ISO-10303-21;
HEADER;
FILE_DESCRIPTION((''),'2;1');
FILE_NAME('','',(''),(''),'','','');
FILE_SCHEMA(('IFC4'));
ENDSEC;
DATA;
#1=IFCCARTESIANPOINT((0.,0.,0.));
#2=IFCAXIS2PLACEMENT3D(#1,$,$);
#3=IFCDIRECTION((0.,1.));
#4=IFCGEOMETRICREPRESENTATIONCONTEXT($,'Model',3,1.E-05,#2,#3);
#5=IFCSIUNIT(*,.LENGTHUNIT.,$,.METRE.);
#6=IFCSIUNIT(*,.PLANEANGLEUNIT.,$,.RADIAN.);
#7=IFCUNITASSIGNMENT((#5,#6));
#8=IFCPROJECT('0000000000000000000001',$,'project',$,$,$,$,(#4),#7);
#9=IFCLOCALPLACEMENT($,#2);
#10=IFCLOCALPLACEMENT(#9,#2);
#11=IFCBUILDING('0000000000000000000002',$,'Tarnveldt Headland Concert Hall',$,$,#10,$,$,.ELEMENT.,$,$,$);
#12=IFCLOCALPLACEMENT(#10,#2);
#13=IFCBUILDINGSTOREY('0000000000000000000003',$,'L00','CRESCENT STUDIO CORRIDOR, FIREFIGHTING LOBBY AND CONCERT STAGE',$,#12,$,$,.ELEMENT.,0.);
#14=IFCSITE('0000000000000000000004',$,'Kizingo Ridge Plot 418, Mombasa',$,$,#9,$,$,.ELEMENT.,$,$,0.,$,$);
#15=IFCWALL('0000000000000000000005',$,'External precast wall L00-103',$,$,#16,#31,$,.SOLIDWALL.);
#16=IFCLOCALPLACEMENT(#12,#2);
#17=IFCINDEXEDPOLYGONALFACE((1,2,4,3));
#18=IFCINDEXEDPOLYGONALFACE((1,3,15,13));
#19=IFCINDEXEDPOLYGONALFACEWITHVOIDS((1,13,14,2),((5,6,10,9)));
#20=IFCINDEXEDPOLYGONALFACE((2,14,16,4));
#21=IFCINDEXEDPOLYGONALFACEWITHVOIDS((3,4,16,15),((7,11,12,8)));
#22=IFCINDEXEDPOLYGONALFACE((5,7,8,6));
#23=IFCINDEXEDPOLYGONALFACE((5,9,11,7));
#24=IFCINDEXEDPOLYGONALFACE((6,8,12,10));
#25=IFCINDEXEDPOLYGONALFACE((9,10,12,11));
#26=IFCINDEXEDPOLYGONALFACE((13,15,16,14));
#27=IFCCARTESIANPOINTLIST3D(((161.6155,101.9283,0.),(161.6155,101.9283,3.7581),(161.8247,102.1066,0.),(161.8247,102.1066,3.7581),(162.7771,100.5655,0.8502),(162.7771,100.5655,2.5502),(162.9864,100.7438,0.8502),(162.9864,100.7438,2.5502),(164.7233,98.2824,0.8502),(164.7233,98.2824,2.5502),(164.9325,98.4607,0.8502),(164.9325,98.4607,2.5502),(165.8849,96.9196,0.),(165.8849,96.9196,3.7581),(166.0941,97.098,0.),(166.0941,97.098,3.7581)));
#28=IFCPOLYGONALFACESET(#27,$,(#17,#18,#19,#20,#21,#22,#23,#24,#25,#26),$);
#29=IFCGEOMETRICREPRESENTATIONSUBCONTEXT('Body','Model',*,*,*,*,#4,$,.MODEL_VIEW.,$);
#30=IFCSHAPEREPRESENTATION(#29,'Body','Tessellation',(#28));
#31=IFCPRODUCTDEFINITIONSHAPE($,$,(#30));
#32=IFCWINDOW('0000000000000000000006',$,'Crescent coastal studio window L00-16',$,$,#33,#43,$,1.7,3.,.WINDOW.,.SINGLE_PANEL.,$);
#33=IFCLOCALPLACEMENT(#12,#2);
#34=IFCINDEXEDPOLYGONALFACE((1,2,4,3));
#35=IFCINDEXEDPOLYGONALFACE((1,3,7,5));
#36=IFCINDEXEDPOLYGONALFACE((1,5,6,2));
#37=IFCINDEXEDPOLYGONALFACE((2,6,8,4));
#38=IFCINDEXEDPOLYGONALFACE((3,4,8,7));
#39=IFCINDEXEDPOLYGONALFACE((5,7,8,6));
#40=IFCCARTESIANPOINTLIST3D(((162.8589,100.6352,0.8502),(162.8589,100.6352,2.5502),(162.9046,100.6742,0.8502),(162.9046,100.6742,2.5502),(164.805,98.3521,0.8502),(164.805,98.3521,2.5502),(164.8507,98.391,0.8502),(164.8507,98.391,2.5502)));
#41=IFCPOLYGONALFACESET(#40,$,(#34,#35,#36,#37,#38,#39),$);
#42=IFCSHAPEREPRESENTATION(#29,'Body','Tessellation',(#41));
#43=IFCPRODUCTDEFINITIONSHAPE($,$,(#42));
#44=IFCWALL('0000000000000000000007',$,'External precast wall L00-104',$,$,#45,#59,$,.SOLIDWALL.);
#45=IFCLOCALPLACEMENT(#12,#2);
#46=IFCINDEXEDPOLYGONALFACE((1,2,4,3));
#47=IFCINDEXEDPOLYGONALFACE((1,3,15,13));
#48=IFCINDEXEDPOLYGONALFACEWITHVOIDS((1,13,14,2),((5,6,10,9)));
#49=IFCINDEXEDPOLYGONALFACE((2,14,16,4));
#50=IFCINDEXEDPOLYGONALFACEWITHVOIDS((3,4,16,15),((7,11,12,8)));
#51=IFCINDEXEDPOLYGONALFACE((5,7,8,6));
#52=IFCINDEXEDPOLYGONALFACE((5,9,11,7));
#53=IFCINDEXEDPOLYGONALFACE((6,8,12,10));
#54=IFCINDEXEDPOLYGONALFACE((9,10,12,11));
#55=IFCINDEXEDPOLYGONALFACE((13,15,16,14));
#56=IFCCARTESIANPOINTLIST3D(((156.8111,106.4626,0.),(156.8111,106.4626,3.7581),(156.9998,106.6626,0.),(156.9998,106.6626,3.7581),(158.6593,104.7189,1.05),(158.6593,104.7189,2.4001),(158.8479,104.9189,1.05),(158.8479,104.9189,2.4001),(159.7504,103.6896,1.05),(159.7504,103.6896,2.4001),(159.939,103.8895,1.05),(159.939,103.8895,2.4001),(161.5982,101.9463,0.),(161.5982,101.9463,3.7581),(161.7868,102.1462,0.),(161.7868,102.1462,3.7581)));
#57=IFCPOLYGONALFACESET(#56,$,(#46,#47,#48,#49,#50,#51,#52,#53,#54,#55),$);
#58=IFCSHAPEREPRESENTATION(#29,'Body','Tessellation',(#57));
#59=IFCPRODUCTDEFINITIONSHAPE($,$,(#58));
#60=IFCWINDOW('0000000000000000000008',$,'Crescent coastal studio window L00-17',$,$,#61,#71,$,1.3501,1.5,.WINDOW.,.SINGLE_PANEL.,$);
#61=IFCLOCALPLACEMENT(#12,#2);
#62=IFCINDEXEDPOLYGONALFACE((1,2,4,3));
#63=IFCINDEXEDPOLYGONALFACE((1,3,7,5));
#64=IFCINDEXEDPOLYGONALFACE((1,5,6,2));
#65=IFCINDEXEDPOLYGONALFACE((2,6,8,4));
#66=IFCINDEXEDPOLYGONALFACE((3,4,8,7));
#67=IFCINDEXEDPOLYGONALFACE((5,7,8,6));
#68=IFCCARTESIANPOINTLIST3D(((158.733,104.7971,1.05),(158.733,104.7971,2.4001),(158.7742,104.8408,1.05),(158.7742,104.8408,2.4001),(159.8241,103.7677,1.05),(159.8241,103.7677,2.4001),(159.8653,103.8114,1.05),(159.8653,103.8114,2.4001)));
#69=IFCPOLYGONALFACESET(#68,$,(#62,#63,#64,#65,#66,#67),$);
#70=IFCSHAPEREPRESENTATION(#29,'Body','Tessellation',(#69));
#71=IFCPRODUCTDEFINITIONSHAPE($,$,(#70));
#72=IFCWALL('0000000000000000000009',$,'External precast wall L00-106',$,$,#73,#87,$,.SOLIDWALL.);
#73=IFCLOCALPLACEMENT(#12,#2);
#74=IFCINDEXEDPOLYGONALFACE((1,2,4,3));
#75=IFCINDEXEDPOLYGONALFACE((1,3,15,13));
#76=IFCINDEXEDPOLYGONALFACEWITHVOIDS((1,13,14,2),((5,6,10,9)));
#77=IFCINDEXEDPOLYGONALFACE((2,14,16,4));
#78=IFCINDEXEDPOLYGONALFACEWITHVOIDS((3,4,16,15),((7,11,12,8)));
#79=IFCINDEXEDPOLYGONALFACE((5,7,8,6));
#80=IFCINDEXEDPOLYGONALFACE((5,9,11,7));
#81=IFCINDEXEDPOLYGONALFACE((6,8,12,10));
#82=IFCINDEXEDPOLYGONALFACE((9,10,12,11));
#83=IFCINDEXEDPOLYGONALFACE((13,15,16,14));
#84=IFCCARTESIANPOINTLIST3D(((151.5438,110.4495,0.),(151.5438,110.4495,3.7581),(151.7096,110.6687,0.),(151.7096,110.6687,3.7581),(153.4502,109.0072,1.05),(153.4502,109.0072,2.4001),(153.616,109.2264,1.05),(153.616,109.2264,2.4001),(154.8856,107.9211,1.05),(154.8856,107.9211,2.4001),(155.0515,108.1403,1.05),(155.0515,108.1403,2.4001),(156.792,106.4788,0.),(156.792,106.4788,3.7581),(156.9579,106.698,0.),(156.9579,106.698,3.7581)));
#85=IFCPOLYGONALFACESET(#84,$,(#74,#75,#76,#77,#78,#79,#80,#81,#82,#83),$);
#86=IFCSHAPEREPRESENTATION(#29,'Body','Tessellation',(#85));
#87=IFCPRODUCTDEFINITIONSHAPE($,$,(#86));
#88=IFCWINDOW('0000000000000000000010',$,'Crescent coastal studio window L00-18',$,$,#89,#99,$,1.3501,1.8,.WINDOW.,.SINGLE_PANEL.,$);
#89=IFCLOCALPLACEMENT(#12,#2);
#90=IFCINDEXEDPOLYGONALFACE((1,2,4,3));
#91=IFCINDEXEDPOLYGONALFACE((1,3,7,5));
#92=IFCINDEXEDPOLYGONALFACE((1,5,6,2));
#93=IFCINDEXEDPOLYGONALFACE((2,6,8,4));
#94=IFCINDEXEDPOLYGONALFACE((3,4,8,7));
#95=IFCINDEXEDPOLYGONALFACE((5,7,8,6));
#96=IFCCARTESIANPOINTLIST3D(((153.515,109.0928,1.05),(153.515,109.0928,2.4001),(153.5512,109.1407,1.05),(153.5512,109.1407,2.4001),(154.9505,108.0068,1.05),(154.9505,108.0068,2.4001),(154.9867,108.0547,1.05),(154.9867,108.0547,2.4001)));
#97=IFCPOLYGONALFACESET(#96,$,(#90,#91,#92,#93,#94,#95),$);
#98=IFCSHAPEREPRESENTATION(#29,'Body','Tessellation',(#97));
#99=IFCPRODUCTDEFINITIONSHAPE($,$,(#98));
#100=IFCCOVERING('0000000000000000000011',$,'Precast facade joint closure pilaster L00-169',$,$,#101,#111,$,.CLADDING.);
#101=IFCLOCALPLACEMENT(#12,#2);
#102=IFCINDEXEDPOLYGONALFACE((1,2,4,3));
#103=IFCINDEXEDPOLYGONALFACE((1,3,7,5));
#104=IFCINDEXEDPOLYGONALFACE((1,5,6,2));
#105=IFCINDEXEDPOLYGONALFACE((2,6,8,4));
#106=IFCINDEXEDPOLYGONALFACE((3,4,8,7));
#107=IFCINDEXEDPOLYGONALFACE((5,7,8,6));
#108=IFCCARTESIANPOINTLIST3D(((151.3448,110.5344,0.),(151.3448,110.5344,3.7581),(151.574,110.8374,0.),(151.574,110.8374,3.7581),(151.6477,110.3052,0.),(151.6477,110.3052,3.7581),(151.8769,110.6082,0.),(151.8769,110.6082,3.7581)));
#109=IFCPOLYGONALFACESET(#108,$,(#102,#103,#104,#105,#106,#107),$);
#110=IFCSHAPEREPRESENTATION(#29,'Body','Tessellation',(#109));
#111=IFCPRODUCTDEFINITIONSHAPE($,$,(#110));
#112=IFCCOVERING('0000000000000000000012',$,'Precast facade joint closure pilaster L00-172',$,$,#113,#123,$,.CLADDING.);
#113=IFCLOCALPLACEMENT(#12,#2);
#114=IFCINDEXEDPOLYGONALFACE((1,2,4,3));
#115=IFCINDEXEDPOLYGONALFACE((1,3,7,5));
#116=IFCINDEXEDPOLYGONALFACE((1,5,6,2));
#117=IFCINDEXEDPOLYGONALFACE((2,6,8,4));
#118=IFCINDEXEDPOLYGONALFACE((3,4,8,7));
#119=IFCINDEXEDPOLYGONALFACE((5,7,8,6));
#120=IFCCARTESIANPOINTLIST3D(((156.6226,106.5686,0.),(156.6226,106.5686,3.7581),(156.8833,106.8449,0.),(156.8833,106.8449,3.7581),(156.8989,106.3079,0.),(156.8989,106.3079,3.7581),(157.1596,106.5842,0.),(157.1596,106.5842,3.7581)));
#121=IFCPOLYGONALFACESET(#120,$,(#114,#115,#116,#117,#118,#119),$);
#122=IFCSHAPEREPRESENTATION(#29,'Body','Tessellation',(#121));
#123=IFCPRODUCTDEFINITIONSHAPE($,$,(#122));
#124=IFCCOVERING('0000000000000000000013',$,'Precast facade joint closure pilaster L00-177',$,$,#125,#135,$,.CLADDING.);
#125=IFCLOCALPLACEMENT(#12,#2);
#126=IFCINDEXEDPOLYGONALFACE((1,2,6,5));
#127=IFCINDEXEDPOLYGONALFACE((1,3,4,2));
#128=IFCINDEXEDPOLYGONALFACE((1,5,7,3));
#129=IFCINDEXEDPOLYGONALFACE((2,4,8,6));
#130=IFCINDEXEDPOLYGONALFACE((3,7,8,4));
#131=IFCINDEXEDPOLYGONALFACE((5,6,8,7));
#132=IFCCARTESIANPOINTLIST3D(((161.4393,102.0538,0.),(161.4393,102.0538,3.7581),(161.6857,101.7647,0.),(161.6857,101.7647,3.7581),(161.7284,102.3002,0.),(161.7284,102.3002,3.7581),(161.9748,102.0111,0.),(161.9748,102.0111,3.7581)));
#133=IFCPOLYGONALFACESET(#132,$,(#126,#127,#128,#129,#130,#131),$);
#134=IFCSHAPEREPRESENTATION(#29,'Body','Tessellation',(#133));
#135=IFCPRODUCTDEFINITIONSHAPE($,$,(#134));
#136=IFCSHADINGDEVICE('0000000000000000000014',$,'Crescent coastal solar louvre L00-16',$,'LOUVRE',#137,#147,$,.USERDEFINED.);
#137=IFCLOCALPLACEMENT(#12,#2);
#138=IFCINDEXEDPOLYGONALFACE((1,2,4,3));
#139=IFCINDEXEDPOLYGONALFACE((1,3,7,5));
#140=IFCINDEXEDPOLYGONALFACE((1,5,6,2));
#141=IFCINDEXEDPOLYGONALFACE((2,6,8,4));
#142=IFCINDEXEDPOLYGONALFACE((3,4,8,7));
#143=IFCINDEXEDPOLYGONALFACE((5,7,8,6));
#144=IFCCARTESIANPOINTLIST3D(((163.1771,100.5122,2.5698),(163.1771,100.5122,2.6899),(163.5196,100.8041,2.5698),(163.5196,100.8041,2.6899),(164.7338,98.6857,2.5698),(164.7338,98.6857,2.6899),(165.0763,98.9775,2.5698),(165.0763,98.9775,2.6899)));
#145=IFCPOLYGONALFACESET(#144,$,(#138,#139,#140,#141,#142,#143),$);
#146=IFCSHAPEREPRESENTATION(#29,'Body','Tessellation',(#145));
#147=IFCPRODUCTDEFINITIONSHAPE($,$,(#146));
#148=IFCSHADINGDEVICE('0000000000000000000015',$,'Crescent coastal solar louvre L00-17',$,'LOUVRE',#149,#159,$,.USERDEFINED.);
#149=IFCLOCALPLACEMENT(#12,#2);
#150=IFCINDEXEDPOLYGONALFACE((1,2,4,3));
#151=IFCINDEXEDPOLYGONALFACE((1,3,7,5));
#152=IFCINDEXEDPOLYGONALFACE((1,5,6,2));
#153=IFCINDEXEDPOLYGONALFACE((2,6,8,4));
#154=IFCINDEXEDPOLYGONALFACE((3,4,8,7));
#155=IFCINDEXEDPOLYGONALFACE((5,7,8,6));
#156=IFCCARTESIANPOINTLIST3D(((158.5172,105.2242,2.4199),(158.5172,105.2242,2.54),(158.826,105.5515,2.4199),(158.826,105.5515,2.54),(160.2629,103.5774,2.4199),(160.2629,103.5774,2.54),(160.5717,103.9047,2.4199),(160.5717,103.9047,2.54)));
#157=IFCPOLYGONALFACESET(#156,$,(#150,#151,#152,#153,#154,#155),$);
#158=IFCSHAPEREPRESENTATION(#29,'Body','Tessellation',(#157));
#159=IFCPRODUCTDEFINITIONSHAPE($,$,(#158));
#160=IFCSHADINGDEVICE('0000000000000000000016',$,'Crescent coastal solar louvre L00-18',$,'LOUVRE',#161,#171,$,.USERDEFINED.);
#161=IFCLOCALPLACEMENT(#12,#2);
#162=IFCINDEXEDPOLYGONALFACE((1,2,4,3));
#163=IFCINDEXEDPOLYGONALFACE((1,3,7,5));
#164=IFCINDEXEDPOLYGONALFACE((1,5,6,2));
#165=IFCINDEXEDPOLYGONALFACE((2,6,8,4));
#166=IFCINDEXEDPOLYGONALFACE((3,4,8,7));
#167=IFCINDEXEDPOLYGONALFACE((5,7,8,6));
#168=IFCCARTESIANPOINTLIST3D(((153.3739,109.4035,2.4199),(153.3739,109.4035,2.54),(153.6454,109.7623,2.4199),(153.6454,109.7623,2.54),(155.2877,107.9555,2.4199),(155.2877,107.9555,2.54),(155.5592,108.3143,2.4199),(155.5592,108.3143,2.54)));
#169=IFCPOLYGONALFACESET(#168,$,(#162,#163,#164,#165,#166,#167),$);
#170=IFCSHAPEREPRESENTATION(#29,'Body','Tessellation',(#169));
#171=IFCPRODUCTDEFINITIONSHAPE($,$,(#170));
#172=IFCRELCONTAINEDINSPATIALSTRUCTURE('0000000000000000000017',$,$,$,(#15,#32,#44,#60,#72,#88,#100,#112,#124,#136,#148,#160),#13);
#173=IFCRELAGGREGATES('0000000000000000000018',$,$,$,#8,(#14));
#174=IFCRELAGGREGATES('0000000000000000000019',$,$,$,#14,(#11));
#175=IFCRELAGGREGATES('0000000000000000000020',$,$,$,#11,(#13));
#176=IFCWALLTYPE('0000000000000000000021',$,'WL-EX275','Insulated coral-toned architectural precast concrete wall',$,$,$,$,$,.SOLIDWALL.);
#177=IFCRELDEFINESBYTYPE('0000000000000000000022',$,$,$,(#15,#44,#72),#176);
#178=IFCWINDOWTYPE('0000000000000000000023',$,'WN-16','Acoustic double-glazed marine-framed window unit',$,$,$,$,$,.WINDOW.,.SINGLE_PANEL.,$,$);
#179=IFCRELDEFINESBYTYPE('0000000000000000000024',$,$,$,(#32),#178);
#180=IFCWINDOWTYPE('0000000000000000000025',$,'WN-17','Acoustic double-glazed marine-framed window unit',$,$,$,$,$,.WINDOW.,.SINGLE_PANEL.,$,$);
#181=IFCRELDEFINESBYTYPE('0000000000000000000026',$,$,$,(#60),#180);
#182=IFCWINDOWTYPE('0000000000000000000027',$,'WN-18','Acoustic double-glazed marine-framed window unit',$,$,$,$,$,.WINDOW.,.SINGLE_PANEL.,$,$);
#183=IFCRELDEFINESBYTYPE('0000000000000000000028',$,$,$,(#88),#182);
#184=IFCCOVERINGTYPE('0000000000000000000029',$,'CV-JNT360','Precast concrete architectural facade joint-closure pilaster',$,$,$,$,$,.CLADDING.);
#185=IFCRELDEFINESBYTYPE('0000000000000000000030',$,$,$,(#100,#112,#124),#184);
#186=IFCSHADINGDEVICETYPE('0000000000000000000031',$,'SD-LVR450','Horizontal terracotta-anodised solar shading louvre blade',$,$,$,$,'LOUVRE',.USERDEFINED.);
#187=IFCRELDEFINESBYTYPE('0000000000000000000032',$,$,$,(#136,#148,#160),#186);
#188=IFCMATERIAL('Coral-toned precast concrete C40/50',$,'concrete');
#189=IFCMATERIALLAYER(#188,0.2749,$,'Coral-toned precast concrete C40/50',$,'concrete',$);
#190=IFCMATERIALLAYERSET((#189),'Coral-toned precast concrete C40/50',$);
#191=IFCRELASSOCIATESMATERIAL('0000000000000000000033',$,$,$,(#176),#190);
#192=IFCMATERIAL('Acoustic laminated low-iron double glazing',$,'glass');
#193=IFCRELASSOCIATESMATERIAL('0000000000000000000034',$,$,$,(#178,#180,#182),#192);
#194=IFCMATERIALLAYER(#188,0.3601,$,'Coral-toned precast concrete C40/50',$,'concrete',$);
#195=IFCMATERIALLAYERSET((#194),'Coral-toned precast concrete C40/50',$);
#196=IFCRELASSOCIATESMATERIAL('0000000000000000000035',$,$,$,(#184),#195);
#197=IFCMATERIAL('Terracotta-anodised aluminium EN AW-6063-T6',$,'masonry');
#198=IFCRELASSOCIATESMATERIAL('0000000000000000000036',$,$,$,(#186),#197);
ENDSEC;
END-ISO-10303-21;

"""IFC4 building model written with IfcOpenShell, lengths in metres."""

from ifc_helpers import new_model, si_unit, direction, frame, frame_2d, origin, origin_2d, place, context, subcontext, project, spatial, rectangle, extrude, material, layer, layer_set, type_object, element, fill, save


model = new_model("IFC4")

# Units and contexts
model_context = context("Model", 3, precision=1e-05, world=origin(), true_north=direction((0.0, 1.0)))
body_context = subcontext(model_context, "Body", "Model", "MODEL_VIEW")
ifc_project = project(units=[si_unit("LENGTHUNIT", "METRE"), si_unit("PLANEANGLEUNIT", "RADIAN")], contexts=[model_context])

# Site, building, storey
site_placement = place(None, origin())
site = spatial("IfcSite", under=ifc_project, at=site_placement, Name="Kizingo Ridge Plot 418, Mombasa", CompositionType="ELEMENT", RefElevation=0.0)
building_placement = place(site_placement, origin())
building = spatial("IfcBuilding", under=site, at=building_placement, Name="Tarnveldt Headland Concert Hall", CompositionType="ELEMENT")
storey_placement = place(building_placement, origin())
storey = spatial("IfcBuildingStorey", under=building, at=storey_placement, Name="L00", Description="CRESCENT STUDIO CORRIDOR, FIREFIGHTING LOBBY AND CONCERT STAGE", CompositionType="ELEMENT", Elevation=0.0)

# Walls, openings, windows
ifc_material_1 = material(Name="Coral-toned precast concrete C40/50", Category="concrete")
ifc_layer_1 = layer(ifc_material_1, 0.2749, Name="Coral-toned precast concrete C40/50", Category="concrete")
ifc_layer_set_1 = layer_set([ifc_layer_1], Name="Coral-toned precast concrete C40/50")
wall_type = type_object("IfcWallType", Name="WL-EX275", Description="Insulated coral-toned architectural precast concrete wall", PredefinedType="SOLIDWALL", material=ifc_layer_set_1)
wall_1_placement = place(storey_placement, frame((161.7202, 102.0173, 0.0), z_axis=(0.0, 0.0, 1.0), x_axis=(0.648708, -0.761037, 0.0)))
wall_1 = element("IfcWall", 1, at=wall_1_placement, inside=storey, type_object=wall_type, Name="External precast wall L00-103", PredefinedType="SOLIDWALL", context=body_context, shape_type="SweptSolid", body=[
    extrude(rectangle(XDim=6.5813, YDim=0.2749, at=frame_2d((3.2905, 0.0))), origin(), (0.0, 0.0, 1.0), 3.7581),
])
opening_1_placement = place(wall_1_placement, frame((1.7905, 0.0, 0.8501)))
opening_1 = element("IfcOpeningElement", 2, at=opening_1_placement, cuts=wall_1, PredefinedType="OPENING", context=body_context, shape_type="SweptSolid", body=[
    extrude(rectangle(XDim=3.0, YDim=1.7, at=frame_2d((1.5, 0.8501))), frame((0.0, 0.1475, 0.0), z_axis=(0.0, -1.0, 0.0), x_axis=(1.0, 0.0, 0.0)), (0.0, 0.0, 1.0), 0.2949),
])
ifc_material_2 = material(Name="Acoustic laminated low-iron double glazing", Category="glass")
window_type_1 = type_object("IfcWindowType", Name="WN-16", Description="Acoustic double-glazed marine-framed window unit", PartitioningType="SINGLE_PANEL", PredefinedType="WINDOW", material=ifc_material_2)
window_1_placement = place(opening_1_placement, origin())
window_1 = element("IfcWindow", 3, at=window_1_placement, inside=storey, type_object=window_type_1, Name="Crescent coastal studio window L00-16", OverallHeight=1.7, OverallWidth=3.0, PartitioningType="SINGLE_PANEL", PredefinedType="WINDOW", context=body_context, shape_type="SweptSolid", body=[
    extrude(rectangle(XDim=3.0, YDim=1.7, at=frame_2d((1.5, 0.8501))), frame((0.0, 0.03, 0.0), z_axis=(0.0, -1.0, 0.0), x_axis=(1.0, 0.0, 0.0)), (0.0, 0.0, 1.0), 0.0601),
])
fill(opening_1, window_1)
wall_2_placement = place(storey_placement, frame((156.9055, 106.5625, 0.0), z_axis=(0.0, 0.0, 1.0), x_axis=(0.727377, -0.686238, 0.0)))
wall_2 = element("IfcWall", 4, at=wall_2_placement, inside=storey, type_object=wall_type, Name="External precast wall L00-104", PredefinedType="SOLIDWALL", context=body_context, shape_type="SweptSolid", body=[
    extrude(rectangle(XDim=6.5813, YDim=0.2749, at=frame_2d((3.2905, 0.0))), origin(), (0.0, 0.0, 1.0), 3.7581),
])
opening_2_placement = place(wall_2_placement, frame((2.5408, 0.0, 1.05)))
opening_2 = element("IfcOpeningElement", 5, at=opening_2_placement, cuts=wall_2, PredefinedType="OPENING", context=body_context, shape_type="SweptSolid", body=[
    extrude(rectangle(XDim=1.5, YDim=1.3501, at=frame_2d((0.75, 0.675))), frame((0.0, 0.1475, 0.0), z_axis=(0.0, -1.0, 0.0), x_axis=(1.0, 0.0, 0.0)), (0.0, 0.0, 1.0), 0.2949),
])
window_type_2 = type_object("IfcWindowType", Name="WN-17", Description="Acoustic double-glazed marine-framed window unit", PartitioningType="SINGLE_PANEL", PredefinedType="WINDOW", material=ifc_material_2)
window_2_placement = place(opening_2_placement, origin())
window_2 = element("IfcWindow", 6, at=window_2_placement, inside=storey, type_object=window_type_2, Name="Crescent coastal studio window L00-17", OverallHeight=1.3501, OverallWidth=1.5, PartitioningType="SINGLE_PANEL", PredefinedType="WINDOW", context=body_context, shape_type="SweptSolid", body=[
    extrude(rectangle(XDim=1.5, YDim=1.3501, at=frame_2d((0.75, 0.675))), frame((0.0, 0.03, 0.0), z_axis=(0.0, -1.0, 0.0), x_axis=(1.0, 0.0, 0.0)), (0.0, 0.0, 1.0), 0.0601),
])
fill(opening_2, window_2)
wall_3_placement = place(storey_placement, frame((151.6267, 110.5591, 0.0), z_axis=(0.0, 0.0, 1.0), x_axis=(0.797478, -0.603348, 0.0)))
wall_3 = element("IfcWall", 7, at=wall_3_placement, inside=storey, type_object=wall_type, Name="External precast wall L00-106", PredefinedType="SOLIDWALL", context=body_context, shape_type="SweptSolid", body=[
    extrude(rectangle(XDim=6.5811, YDim=0.2749, at=frame_2d((3.2905, 0.0))), origin(), (0.0, 0.0, 1.0), 3.7581),
])
opening_3_placement = place(wall_3_placement, frame((2.3906, 0.0, 1.05)))
opening_3 = element("IfcOpeningElement", 8, at=opening_3_placement, cuts=wall_3, PredefinedType="OPENING", context=body_context, shape_type="SweptSolid", body=[
    extrude(rectangle(XDim=1.8, YDim=1.3501, at=frame_2d((0.8999, 0.675))), frame((0.0, 0.1475, 0.0), z_axis=(0.0, -1.0, 0.0), x_axis=(1.0, 0.0, 0.0)), (0.0, 0.0, 1.0), 0.2949),
])
window_type_3 = type_object("IfcWindowType", Name="WN-18", Description="Acoustic double-glazed marine-framed window unit", PartitioningType="SINGLE_PANEL", PredefinedType="WINDOW", material=ifc_material_2)
window_3_placement = place(opening_3_placement, origin())
window_3 = element("IfcWindow", 9, at=window_3_placement, inside=storey, type_object=window_type_3, Name="Crescent coastal studio window L00-18", OverallHeight=1.3501, OverallWidth=1.8, PartitioningType="SINGLE_PANEL", PredefinedType="WINDOW", context=body_context, shape_type="SweptSolid", body=[
    extrude(rectangle(XDim=1.8, YDim=1.3501, at=frame_2d((0.8999, 0.675))), frame((0.0, 0.03, 0.0), z_axis=(0.0, -1.0, 0.0), x_axis=(1.0, 0.0, 0.0)), (0.0, 0.0, 1.0), 0.0601),
])
fill(opening_3, window_3)

# Coverings
ifc_layer_2 = layer(ifc_material_1, 0.3601, Name="Coral-toned precast concrete C40/50", Category="concrete")
ifc_layer_set_2 = layer_set([ifc_layer_2], Name="Coral-toned precast concrete C40/50")
covering_type = type_object("IfcCoveringType", Name="CV-JNT360", Description="Precast concrete architectural facade joint-closure pilaster", PredefinedType="CLADDING", material=ifc_layer_set_2)
for number, where, z_axis, x_axis, name in (
    (10, (151.6108, 110.5713, 0.0), (0.0, 0.0, 1.0), (0.797479, -0.603347, 0.0), "Precast facade joint closure pilaster L00-169"),
    (11, (156.8911, 106.5764, 0.0), (0.0, 0.0, 1.0), (0.727414, -0.686199, 0.0), "Precast facade joint closure pilaster L00-172"),
    (12, (161.707, 102.0325, 0.0), (0.0, 0.0, 1.0), (0.648651, -0.761086, 0.0), "Precast facade joint closure pilaster L00-177"),
):
    element("IfcCovering", number, at=place(storey_placement, frame(where, z_axis=z_axis, x_axis=x_axis)), inside=storey, type_object=covering_type, Name=name, PredefinedType="CLADDING", context=body_context, shape_type="SweptSolid", body=[
        extrude(rectangle(XDim=0.3799, YDim=0.3799, at=origin_2d()), origin(), (0.0, 0.0, 1.0), 3.7581),
    ])

# Shading devices
ifc_material_3 = material(Name="Terracotta-anodised aluminium EN AW-6063-T6", Category="masonry")
shading_device_type = type_object("IfcShadingDeviceType", Name="SD-LVR450", Description="Horizontal terracotta-anodised solar shading louvre blade", ElementType="LOUVRE", PredefinedType="USERDEFINED", material=ifc_material_3)
for number, where, z_axis, x_axis, name in (
    (13, (164.1267, 99.7449, 2.5698), (0.0, 0.0, 1.0), (0.761086, 0.648651, 0.0), "Crescent coastal solar louvre L00-16"),
    (14, (159.5444, 104.5645, 2.4199), (0.0, 0.0, 1.0), (0.686199, 0.727414, 0.0), "Crescent coastal solar louvre L00-17"),
    (15, (154.4666, 108.8589, 2.4199), (0.0, 0.0, 1.0), (0.603347, 0.797479, 0.0), "Crescent coastal solar louvre L00-18"),
):
    element("IfcShadingDevice", number, at=place(storey_placement, frame(where, z_axis=z_axis, x_axis=x_axis)), inside=storey, type_object=shading_device_type, Name=name, ObjectType="LOUVRE", PredefinedType="USERDEFINED", context=body_context, shape_type="SweptSolid", body=[
        extrude(rectangle(XDim=0.45, YDim=2.3999, at=origin_2d()), origin(), (0.0, 0.0, 1.0), 0.1201),
    ])

save(model, "model.ifc")
